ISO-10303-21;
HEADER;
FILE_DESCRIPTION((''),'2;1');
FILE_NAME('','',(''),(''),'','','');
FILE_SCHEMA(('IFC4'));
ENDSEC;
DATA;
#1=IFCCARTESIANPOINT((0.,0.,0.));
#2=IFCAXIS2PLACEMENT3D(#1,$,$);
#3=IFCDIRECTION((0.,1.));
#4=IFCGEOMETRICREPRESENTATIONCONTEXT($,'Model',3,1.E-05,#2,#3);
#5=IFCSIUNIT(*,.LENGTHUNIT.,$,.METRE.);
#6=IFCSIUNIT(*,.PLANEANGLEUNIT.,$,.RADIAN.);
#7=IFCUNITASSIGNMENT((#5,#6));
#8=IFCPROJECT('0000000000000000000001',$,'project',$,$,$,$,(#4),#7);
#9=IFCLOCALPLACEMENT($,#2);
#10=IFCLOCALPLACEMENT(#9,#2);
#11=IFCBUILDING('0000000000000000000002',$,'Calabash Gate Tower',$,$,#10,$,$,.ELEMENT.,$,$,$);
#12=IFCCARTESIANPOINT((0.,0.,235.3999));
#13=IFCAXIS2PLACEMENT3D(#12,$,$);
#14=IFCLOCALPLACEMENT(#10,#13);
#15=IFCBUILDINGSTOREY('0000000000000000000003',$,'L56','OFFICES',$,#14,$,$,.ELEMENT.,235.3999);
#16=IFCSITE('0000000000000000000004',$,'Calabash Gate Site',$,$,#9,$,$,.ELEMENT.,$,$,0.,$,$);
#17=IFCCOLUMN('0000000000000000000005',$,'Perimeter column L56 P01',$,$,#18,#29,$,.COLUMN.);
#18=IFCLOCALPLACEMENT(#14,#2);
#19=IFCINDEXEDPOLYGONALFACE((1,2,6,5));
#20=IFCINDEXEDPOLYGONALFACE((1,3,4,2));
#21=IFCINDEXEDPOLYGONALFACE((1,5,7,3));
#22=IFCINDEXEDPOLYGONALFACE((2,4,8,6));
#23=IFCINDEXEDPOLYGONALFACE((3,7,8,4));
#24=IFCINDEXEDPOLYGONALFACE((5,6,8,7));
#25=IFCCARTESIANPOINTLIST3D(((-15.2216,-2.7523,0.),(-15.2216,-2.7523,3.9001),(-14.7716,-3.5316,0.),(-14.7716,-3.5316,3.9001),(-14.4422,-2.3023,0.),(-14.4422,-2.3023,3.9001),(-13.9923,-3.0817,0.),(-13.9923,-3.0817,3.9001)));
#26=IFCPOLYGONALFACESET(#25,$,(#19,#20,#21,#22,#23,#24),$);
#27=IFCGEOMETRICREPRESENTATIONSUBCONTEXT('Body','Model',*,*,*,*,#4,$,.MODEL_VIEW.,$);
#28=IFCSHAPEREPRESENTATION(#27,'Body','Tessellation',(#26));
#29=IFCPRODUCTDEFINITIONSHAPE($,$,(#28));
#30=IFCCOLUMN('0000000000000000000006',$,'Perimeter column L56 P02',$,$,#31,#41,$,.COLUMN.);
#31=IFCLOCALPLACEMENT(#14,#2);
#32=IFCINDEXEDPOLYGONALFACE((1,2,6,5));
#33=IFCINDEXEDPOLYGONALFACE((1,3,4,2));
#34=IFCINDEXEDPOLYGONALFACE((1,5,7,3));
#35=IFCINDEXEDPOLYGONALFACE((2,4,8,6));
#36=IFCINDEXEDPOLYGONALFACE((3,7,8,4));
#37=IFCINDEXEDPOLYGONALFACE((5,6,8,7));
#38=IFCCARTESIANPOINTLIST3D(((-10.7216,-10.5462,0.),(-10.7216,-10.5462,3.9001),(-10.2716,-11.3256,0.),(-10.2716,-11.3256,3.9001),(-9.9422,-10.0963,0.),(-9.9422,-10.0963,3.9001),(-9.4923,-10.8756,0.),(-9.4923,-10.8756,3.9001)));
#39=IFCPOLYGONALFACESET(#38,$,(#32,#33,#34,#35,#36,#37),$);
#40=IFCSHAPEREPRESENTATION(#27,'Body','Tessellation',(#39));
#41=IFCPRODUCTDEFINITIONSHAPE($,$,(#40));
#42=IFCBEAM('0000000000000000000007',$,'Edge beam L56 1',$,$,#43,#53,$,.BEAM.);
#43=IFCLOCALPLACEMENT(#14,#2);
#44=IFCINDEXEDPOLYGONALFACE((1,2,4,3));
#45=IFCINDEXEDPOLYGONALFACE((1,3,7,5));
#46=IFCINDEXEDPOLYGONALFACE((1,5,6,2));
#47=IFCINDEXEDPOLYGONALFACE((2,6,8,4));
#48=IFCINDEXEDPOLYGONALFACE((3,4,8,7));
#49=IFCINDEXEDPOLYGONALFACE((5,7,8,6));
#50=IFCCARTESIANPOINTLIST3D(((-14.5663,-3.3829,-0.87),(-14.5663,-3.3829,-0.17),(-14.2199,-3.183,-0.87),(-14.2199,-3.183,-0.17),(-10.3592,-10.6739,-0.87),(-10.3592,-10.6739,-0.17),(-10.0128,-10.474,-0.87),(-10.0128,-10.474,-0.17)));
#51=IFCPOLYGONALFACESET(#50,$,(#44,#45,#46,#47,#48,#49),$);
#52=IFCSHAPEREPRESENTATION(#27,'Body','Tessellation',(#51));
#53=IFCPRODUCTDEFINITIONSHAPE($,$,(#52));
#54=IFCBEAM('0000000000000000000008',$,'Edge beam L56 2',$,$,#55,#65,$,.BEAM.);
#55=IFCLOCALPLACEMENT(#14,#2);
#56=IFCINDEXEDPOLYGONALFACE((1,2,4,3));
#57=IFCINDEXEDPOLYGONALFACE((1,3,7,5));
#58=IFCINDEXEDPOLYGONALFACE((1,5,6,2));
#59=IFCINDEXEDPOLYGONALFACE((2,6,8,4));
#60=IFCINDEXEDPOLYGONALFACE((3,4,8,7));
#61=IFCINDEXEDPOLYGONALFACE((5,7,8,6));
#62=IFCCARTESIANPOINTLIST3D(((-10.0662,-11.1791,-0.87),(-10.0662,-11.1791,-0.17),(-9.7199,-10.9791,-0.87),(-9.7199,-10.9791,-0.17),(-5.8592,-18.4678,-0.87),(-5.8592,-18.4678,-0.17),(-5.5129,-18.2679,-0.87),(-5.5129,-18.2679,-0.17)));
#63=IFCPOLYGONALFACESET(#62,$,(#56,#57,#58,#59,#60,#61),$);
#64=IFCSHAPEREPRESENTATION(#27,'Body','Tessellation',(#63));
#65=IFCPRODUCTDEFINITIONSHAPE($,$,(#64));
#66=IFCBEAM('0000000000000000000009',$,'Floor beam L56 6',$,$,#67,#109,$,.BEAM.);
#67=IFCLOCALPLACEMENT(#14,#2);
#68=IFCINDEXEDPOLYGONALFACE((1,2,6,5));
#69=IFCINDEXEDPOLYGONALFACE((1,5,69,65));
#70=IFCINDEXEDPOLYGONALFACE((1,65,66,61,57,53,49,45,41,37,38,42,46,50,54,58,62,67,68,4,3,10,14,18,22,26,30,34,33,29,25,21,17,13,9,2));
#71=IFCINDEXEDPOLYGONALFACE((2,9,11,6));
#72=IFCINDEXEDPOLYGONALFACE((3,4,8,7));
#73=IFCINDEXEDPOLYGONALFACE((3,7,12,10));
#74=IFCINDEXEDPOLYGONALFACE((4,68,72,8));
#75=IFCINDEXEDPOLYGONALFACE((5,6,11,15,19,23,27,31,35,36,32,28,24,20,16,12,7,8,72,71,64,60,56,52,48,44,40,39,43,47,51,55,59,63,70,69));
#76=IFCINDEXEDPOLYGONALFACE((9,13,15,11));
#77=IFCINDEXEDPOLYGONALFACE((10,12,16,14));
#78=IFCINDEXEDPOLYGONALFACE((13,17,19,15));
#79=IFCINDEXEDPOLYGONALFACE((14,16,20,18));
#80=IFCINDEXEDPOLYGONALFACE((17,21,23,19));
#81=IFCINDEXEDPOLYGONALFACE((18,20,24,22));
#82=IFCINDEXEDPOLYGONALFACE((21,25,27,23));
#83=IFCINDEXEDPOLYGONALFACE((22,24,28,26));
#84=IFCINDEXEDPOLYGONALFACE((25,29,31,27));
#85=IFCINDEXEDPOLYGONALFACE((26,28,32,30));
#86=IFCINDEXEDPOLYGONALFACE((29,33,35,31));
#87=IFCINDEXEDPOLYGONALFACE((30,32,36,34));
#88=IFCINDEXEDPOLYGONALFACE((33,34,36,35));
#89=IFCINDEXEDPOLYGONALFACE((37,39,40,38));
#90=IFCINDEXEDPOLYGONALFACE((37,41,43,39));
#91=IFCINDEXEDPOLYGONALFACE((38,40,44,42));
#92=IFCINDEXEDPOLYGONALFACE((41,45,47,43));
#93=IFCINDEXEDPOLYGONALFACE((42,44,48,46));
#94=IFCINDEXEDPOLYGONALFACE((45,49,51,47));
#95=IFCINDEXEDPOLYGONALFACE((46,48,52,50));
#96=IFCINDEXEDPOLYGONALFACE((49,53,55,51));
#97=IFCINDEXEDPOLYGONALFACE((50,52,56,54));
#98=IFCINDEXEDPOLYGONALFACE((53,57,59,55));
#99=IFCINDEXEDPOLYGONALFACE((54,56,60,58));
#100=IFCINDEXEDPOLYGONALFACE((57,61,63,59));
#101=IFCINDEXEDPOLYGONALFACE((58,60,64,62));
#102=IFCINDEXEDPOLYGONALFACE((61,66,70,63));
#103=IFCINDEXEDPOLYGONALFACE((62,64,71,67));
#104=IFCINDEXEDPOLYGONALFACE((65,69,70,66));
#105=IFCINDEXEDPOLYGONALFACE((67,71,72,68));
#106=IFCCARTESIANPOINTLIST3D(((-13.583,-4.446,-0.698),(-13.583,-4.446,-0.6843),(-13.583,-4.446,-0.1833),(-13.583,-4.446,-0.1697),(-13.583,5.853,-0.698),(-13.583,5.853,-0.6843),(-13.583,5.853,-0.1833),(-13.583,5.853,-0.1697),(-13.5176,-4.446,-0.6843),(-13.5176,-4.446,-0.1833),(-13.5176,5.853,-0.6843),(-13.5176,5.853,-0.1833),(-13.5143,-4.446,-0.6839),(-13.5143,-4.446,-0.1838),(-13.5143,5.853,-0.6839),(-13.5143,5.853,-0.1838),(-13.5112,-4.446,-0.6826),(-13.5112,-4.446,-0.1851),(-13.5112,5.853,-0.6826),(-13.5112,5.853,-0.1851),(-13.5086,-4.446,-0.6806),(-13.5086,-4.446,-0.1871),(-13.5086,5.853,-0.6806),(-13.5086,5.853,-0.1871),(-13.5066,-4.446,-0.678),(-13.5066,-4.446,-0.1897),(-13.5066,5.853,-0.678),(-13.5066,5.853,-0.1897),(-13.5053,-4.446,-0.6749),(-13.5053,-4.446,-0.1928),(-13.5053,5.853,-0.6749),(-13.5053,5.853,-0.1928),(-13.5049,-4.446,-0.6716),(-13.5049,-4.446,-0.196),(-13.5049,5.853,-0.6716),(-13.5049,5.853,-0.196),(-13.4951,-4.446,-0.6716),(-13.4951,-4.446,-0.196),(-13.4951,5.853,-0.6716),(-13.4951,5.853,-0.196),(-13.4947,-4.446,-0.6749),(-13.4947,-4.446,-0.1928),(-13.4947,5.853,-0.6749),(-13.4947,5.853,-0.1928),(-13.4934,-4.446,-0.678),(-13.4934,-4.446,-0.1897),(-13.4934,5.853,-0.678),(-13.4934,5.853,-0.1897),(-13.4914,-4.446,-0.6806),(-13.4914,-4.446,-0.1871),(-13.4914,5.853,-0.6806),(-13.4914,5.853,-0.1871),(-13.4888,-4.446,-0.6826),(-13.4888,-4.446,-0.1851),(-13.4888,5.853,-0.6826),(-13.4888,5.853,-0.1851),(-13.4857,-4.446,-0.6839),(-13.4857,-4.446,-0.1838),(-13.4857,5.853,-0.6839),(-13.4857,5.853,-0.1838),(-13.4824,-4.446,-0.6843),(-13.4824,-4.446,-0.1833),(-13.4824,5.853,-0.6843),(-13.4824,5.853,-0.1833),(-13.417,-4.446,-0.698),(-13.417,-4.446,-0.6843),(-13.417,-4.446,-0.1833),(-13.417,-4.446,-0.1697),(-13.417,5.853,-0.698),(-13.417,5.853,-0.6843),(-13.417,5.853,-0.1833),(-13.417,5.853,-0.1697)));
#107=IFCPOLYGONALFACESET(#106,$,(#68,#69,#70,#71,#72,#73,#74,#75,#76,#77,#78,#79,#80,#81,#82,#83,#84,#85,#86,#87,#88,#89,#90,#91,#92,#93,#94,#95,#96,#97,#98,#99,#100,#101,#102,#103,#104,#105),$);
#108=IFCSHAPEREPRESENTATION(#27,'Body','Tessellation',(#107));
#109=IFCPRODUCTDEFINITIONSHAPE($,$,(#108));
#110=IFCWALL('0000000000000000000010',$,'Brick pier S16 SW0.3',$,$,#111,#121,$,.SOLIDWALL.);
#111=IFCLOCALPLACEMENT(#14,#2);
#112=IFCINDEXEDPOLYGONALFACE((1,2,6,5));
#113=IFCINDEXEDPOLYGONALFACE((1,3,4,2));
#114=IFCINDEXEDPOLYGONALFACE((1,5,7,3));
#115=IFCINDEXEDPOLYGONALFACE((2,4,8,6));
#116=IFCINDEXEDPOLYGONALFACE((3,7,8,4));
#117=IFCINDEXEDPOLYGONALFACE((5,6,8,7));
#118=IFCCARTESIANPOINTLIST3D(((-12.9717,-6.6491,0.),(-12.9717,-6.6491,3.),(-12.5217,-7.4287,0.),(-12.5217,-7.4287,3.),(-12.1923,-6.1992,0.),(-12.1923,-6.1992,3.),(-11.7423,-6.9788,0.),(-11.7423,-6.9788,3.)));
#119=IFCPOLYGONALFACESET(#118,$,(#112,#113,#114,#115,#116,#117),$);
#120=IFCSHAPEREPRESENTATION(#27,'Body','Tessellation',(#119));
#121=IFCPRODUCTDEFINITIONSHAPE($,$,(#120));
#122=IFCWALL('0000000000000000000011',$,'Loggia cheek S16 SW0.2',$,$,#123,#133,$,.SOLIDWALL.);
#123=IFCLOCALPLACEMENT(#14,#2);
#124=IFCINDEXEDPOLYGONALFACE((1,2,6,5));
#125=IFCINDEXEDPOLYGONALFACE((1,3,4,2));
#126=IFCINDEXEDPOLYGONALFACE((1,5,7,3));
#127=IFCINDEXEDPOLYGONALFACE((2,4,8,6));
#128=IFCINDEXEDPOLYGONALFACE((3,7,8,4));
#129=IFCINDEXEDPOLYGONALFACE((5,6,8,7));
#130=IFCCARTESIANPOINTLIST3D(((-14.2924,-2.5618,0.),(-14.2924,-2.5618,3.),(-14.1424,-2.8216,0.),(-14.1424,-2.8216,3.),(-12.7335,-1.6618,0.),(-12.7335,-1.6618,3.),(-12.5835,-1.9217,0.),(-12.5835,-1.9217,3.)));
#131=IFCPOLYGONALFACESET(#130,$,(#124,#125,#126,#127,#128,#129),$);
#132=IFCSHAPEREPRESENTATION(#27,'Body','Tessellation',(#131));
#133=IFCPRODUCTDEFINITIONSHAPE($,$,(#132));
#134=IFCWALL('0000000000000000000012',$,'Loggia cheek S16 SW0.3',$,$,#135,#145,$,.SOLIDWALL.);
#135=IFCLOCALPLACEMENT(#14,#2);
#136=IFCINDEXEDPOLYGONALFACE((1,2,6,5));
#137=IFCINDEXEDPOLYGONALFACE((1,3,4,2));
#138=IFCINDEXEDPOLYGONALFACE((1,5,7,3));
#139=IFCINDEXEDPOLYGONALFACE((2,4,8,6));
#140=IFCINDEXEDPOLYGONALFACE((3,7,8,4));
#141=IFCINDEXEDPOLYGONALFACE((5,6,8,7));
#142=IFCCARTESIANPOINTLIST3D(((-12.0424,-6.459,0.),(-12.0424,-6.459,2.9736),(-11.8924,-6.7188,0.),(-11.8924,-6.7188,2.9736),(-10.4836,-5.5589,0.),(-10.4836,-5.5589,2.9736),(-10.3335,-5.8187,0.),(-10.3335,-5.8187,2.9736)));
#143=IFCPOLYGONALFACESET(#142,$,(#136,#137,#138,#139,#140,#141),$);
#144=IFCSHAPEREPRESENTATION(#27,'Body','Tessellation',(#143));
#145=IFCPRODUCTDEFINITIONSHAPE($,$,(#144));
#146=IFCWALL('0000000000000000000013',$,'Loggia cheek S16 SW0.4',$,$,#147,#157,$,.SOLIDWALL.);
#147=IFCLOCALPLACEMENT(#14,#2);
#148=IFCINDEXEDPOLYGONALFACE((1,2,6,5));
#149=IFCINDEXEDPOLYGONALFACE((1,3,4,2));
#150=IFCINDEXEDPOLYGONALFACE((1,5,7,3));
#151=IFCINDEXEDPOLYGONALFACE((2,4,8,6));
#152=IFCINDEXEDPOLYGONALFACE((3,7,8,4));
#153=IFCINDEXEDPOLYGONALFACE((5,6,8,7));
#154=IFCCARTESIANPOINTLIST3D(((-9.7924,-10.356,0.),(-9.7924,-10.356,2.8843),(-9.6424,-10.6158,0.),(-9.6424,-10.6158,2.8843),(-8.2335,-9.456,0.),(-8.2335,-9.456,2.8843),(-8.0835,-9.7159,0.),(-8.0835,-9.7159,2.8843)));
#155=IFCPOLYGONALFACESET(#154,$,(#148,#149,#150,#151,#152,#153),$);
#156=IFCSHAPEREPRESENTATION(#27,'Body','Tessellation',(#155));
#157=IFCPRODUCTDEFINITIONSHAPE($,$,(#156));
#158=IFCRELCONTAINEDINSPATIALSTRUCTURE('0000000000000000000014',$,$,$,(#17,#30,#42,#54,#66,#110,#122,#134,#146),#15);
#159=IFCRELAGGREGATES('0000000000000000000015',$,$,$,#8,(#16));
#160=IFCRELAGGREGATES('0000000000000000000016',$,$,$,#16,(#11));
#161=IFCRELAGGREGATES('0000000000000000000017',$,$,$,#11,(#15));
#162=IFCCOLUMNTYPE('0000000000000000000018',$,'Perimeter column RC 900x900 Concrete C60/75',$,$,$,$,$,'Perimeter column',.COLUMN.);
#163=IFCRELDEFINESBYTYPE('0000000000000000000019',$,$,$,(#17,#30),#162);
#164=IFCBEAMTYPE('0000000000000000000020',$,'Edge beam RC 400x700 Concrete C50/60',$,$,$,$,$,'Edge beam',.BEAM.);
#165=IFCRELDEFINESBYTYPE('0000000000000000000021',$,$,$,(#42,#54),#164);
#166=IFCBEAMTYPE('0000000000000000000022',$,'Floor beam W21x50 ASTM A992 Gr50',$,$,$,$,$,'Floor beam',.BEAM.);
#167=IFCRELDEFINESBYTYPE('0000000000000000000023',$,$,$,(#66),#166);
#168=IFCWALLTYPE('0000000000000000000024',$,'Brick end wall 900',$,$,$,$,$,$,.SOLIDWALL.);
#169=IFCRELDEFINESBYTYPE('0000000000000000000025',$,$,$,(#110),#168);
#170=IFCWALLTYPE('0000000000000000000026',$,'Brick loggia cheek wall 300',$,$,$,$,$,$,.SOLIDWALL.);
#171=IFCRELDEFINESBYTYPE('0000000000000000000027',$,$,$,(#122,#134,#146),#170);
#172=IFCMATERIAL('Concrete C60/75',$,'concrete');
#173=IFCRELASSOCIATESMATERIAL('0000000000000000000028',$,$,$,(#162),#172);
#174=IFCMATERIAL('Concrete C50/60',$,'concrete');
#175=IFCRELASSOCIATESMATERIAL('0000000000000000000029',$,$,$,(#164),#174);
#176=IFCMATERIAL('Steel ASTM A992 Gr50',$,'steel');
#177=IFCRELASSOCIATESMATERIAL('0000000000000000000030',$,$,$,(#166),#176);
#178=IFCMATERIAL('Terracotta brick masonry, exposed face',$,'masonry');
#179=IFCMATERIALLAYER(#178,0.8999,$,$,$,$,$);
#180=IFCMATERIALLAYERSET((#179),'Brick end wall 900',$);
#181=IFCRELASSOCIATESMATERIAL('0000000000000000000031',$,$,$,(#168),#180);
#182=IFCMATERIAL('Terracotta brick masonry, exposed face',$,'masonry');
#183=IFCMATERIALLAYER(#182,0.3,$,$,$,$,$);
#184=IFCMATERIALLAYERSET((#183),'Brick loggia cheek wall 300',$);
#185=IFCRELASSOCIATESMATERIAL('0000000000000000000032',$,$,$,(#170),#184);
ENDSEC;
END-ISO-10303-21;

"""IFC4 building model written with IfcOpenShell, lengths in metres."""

from ifc_helpers import new_model, si_unit, direction, frame, frame_2d, origin, origin_2d, place, context, subcontext, project, spatial, rectangle, i_section, extrude, material, layer, layer_set, material_profile, profile_set, type_object, element, save


model = new_model("IFC4")

# Units and contexts
model_context = context("Model", 3, precision=1e-05, world=origin(), true_north=direction((0.0, 1.0)))
body_context = subcontext(model_context, "Body", "Model", "MODEL_VIEW")
ifc_project = project(units=[si_unit("LENGTHUNIT", "METRE"), si_unit("PLANEANGLEUNIT", "RADIAN")], contexts=[model_context])

# Site, building, storey
site_placement = place(None, origin())
site = spatial("IfcSite", under=ifc_project, at=site_placement, Name="Calabash Gate Site", CompositionType="ELEMENT", RefElevation=0.0)
building_placement = place(site_placement, origin())
building = spatial("IfcBuilding", under=site, at=building_placement, Name="Calabash Gate Tower", CompositionType="ELEMENT")
storey_placement = place(building_placement, frame((0.0, 0.0, 235.3999)))
storey = spatial("IfcBuildingStorey", under=building, at=storey_placement, Name="L56", Description="OFFICES", CompositionType="ELEMENT", Elevation=235.3999)

# Columns
ifc_material_1 = material(Name="Concrete C60/75", Category="concrete")
ifc_material_profile_1 = material_profile(ifc_material_1, rectangle(XDim=0.8999, YDim=0.8999, at=origin_2d()))
ifc_profile_set_1 = profile_set([ifc_material_profile_1], Name="Concrete C60/75")
column_type = type_object("IfcColumnType", Name="Perimeter column RC 900x900 Concrete C60/75", ElementType="Perimeter column", PredefinedType="COLUMN", material=ifc_profile_set_1)
for number, where, z_axis, x_axis, name in (
    (1, (-14.6069, -2.917, 0.0), (0.0, 0.0, 1.0), (0.5, -0.866025, 0.0), "Perimeter column L56 P01"),
    (2, (-10.1069, -10.7109, 0.0), (0.0, 0.0, 1.0), (0.5, -0.866025, 0.0), "Perimeter column L56 P02"),
):
    element("IfcColumn", number, at=place(storey_placement, frame(where, z_axis=z_axis, x_axis=x_axis)), inside=storey, type_object=column_type, Name=name, PredefinedType="COLUMN", context=body_context, shape_type="SweptSolid", body=[
        extrude(rectangle(XDim=0.8999, YDim=0.8999, at=origin_2d()), origin(), (0.0, 0.0, 1.0), 3.9001),
    ])

# Beams
ifc_material_2 = material(Name="Concrete C50/60", Category="concrete")
ifc_material_profile_2 = material_profile(ifc_material_2, rectangle(XDim=0.3999, YDim=0.7, at=origin_2d()))
ifc_profile_set_2 = profile_set([ifc_material_profile_2], Name="Concrete C50/60")
beam_type_1 = type_object("IfcBeamType", Name="Edge beam RC 400x700 Concrete C50/60", ElementType="Edge beam", PredefinedType="BEAM", material=ifc_profile_set_2)
beam_1_placement = place(storey_placement, frame((-14.3931, -3.283, -0.52), z_axis=(0.499783, -0.866151, 0.0), x_axis=(0.866151, 0.499783, 0.0)))
element("IfcBeam", 3, at=beam_1_placement, inside=storey, type_object=beam_type_1, Name="Edge beam L56 1", PredefinedType="BEAM", context=body_context, shape_type="SweptSolid", body=[
    extrude(rectangle(XDim=0.3999, YDim=0.7, at=origin_2d()), origin(), (0.0, 0.0, 1.0), 8.4177),
])
beam_2_placement = place(storey_placement, frame((-9.8931, -11.0791, -0.52), z_axis=(0.499896, -0.866086, 0.0), x_axis=(0.866086, 0.499896, 0.0)))
element("IfcBeam", 4, at=beam_2_placement, inside=storey, type_object=beam_type_1, Name="Edge beam L56 2", PredefinedType="BEAM", context=body_context, shape_type="SweptSolid", body=[
    extrude(rectangle(XDim=0.3999, YDim=0.7, at=origin_2d()), origin(), (0.0, 0.0, 1.0), 8.4158),
])
ifc_material_3 = material(Name="Steel ASTM A992 Gr50", Category="steel")
ifc_material_profile_3 = material_profile(ifc_material_3, i_section(OverallWidth=0.166, OverallDepth=0.5283, WebThickness=0.0098, FlangeThickness=0.0137, FilletRadius=0.0127, at=origin_2d()))
ifc_profile_set_3 = profile_set([ifc_material_profile_3], Name="Steel ASTM A992 Gr50")
beam_type_2 = type_object("IfcBeamType", Name="Floor beam W21x50 ASTM A992 Gr50", ElementType="Floor beam", PredefinedType="BEAM", material=ifc_profile_set_3)
beam_3_placement = place(storey_placement, frame((-13.5, -4.446, -0.4338), z_axis=(0.0, 1.0, 0.0), x_axis=(-1.0, 0.0, 0.0)))
element("IfcBeam", 5, at=beam_3_placement, inside=storey, type_object=beam_type_2, Name="Floor beam L56 6", PredefinedType="BEAM", context=body_context, shape_type="SweptSolid", body=[
    extrude(i_section(OverallWidth=0.166, OverallDepth=0.5283, WebThickness=0.0098, FlangeThickness=0.0137, FilletRadius=0.0127, at=origin_2d()), origin(), (0.0, 0.0, 1.0), 10.2991),
])

# Walls
ifc_material_4 = material(Name="Terracotta brick masonry, exposed face", Category="masonry")
ifc_layer_1 = layer(ifc_material_4, 0.8999)
ifc_layer_set_1 = layer_set([ifc_layer_1], Name="Brick end wall 900")
wall_type_1 = type_object("IfcWallType", Name="Brick end wall 900", PredefinedType="SOLIDWALL", material=ifc_layer_set_1)
wall_1_placement = place(storey_placement, frame((-12.582, -6.4241, 0.0), z_axis=(0.0, 0.0, 1.0), x_axis=(0.499902, -0.866082, 0.0)))
element("IfcWall", 6, at=wall_1_placement, inside=storey, type_object=wall_type_1, Name="Brick pier S16 SW0.3", PredefinedType="SOLIDWALL", context=body_context, shape_type="SweptSolid", body=[
    extrude(rectangle(XDim=0.9001, YDim=0.8999, at=frame_2d((0.4502, 0.0))), origin(), (0.0, 0.0, 1.0), 3.0),
])
ifc_material_5 = material(Name="Terracotta brick masonry, exposed face", Category="masonry")
ifc_layer_2 = layer(ifc_material_5, 0.3)
ifc_layer_set_2 = layer_set([ifc_layer_2], Name="Brick loggia cheek wall 300")
wall_type_2 = type_object("IfcWallType", Name="Brick loggia cheek wall 300", PredefinedType="SOLIDWALL", material=ifc_layer_set_2)
wall_2_placement = place(storey_placement, frame((-14.2173, -2.6917, 0.0), z_axis=(0.0, 0.0, 1.0), x_axis=(0.866048, 0.499961, 0.0)))
element("IfcWall", 7, at=wall_2_placement, inside=storey, type_object=wall_type_2, Name="Loggia cheek S16 SW0.2", PredefinedType="SOLIDWALL", context=body_context, shape_type="SweptSolid", body=[
    extrude(rectangle(XDim=1.8, YDim=0.3, at=frame_2d((0.8999, 0.0))), origin(), (0.0, 0.0, 1.0), 3.0),
])
wall_3_placement = place(storey_placement, frame((-11.9673, -6.5889, 0.0), z_axis=(0.0, 0.0, 1.0), x_axis=(0.865989, 0.500063, 0.0)))
element("IfcWall", 8, at=wall_3_placement, inside=storey, type_object=wall_type_2, Name="Loggia cheek S16 SW0.3", PredefinedType="SOLIDWALL", context=body_context, shape_type="SweptSolid", body=[
    extrude(rectangle(XDim=1.8, YDim=0.3, at=frame_2d((0.8999, 0.0))), origin(), (0.0, 0.0, 1.0), 2.9736),
])
wall_4_placement = place(storey_placement, frame((-9.7173, -10.4858, 0.0), z_axis=(0.0, 0.0, 1.0), x_axis=(0.866048, 0.499961, 0.0)))
element("IfcWall", 9, at=wall_4_placement, inside=storey, type_object=wall_type_2, Name="Loggia cheek S16 SW0.4", PredefinedType="SOLIDWALL", context=body_context, shape_type="SweptSolid", body=[
    extrude(rectangle(XDim=1.8, YDim=0.3, at=frame_2d((0.8999, 0.0))), origin(), (0.0, 0.0, 1.0), 2.8843),
])

save(model, "model.ifc")
